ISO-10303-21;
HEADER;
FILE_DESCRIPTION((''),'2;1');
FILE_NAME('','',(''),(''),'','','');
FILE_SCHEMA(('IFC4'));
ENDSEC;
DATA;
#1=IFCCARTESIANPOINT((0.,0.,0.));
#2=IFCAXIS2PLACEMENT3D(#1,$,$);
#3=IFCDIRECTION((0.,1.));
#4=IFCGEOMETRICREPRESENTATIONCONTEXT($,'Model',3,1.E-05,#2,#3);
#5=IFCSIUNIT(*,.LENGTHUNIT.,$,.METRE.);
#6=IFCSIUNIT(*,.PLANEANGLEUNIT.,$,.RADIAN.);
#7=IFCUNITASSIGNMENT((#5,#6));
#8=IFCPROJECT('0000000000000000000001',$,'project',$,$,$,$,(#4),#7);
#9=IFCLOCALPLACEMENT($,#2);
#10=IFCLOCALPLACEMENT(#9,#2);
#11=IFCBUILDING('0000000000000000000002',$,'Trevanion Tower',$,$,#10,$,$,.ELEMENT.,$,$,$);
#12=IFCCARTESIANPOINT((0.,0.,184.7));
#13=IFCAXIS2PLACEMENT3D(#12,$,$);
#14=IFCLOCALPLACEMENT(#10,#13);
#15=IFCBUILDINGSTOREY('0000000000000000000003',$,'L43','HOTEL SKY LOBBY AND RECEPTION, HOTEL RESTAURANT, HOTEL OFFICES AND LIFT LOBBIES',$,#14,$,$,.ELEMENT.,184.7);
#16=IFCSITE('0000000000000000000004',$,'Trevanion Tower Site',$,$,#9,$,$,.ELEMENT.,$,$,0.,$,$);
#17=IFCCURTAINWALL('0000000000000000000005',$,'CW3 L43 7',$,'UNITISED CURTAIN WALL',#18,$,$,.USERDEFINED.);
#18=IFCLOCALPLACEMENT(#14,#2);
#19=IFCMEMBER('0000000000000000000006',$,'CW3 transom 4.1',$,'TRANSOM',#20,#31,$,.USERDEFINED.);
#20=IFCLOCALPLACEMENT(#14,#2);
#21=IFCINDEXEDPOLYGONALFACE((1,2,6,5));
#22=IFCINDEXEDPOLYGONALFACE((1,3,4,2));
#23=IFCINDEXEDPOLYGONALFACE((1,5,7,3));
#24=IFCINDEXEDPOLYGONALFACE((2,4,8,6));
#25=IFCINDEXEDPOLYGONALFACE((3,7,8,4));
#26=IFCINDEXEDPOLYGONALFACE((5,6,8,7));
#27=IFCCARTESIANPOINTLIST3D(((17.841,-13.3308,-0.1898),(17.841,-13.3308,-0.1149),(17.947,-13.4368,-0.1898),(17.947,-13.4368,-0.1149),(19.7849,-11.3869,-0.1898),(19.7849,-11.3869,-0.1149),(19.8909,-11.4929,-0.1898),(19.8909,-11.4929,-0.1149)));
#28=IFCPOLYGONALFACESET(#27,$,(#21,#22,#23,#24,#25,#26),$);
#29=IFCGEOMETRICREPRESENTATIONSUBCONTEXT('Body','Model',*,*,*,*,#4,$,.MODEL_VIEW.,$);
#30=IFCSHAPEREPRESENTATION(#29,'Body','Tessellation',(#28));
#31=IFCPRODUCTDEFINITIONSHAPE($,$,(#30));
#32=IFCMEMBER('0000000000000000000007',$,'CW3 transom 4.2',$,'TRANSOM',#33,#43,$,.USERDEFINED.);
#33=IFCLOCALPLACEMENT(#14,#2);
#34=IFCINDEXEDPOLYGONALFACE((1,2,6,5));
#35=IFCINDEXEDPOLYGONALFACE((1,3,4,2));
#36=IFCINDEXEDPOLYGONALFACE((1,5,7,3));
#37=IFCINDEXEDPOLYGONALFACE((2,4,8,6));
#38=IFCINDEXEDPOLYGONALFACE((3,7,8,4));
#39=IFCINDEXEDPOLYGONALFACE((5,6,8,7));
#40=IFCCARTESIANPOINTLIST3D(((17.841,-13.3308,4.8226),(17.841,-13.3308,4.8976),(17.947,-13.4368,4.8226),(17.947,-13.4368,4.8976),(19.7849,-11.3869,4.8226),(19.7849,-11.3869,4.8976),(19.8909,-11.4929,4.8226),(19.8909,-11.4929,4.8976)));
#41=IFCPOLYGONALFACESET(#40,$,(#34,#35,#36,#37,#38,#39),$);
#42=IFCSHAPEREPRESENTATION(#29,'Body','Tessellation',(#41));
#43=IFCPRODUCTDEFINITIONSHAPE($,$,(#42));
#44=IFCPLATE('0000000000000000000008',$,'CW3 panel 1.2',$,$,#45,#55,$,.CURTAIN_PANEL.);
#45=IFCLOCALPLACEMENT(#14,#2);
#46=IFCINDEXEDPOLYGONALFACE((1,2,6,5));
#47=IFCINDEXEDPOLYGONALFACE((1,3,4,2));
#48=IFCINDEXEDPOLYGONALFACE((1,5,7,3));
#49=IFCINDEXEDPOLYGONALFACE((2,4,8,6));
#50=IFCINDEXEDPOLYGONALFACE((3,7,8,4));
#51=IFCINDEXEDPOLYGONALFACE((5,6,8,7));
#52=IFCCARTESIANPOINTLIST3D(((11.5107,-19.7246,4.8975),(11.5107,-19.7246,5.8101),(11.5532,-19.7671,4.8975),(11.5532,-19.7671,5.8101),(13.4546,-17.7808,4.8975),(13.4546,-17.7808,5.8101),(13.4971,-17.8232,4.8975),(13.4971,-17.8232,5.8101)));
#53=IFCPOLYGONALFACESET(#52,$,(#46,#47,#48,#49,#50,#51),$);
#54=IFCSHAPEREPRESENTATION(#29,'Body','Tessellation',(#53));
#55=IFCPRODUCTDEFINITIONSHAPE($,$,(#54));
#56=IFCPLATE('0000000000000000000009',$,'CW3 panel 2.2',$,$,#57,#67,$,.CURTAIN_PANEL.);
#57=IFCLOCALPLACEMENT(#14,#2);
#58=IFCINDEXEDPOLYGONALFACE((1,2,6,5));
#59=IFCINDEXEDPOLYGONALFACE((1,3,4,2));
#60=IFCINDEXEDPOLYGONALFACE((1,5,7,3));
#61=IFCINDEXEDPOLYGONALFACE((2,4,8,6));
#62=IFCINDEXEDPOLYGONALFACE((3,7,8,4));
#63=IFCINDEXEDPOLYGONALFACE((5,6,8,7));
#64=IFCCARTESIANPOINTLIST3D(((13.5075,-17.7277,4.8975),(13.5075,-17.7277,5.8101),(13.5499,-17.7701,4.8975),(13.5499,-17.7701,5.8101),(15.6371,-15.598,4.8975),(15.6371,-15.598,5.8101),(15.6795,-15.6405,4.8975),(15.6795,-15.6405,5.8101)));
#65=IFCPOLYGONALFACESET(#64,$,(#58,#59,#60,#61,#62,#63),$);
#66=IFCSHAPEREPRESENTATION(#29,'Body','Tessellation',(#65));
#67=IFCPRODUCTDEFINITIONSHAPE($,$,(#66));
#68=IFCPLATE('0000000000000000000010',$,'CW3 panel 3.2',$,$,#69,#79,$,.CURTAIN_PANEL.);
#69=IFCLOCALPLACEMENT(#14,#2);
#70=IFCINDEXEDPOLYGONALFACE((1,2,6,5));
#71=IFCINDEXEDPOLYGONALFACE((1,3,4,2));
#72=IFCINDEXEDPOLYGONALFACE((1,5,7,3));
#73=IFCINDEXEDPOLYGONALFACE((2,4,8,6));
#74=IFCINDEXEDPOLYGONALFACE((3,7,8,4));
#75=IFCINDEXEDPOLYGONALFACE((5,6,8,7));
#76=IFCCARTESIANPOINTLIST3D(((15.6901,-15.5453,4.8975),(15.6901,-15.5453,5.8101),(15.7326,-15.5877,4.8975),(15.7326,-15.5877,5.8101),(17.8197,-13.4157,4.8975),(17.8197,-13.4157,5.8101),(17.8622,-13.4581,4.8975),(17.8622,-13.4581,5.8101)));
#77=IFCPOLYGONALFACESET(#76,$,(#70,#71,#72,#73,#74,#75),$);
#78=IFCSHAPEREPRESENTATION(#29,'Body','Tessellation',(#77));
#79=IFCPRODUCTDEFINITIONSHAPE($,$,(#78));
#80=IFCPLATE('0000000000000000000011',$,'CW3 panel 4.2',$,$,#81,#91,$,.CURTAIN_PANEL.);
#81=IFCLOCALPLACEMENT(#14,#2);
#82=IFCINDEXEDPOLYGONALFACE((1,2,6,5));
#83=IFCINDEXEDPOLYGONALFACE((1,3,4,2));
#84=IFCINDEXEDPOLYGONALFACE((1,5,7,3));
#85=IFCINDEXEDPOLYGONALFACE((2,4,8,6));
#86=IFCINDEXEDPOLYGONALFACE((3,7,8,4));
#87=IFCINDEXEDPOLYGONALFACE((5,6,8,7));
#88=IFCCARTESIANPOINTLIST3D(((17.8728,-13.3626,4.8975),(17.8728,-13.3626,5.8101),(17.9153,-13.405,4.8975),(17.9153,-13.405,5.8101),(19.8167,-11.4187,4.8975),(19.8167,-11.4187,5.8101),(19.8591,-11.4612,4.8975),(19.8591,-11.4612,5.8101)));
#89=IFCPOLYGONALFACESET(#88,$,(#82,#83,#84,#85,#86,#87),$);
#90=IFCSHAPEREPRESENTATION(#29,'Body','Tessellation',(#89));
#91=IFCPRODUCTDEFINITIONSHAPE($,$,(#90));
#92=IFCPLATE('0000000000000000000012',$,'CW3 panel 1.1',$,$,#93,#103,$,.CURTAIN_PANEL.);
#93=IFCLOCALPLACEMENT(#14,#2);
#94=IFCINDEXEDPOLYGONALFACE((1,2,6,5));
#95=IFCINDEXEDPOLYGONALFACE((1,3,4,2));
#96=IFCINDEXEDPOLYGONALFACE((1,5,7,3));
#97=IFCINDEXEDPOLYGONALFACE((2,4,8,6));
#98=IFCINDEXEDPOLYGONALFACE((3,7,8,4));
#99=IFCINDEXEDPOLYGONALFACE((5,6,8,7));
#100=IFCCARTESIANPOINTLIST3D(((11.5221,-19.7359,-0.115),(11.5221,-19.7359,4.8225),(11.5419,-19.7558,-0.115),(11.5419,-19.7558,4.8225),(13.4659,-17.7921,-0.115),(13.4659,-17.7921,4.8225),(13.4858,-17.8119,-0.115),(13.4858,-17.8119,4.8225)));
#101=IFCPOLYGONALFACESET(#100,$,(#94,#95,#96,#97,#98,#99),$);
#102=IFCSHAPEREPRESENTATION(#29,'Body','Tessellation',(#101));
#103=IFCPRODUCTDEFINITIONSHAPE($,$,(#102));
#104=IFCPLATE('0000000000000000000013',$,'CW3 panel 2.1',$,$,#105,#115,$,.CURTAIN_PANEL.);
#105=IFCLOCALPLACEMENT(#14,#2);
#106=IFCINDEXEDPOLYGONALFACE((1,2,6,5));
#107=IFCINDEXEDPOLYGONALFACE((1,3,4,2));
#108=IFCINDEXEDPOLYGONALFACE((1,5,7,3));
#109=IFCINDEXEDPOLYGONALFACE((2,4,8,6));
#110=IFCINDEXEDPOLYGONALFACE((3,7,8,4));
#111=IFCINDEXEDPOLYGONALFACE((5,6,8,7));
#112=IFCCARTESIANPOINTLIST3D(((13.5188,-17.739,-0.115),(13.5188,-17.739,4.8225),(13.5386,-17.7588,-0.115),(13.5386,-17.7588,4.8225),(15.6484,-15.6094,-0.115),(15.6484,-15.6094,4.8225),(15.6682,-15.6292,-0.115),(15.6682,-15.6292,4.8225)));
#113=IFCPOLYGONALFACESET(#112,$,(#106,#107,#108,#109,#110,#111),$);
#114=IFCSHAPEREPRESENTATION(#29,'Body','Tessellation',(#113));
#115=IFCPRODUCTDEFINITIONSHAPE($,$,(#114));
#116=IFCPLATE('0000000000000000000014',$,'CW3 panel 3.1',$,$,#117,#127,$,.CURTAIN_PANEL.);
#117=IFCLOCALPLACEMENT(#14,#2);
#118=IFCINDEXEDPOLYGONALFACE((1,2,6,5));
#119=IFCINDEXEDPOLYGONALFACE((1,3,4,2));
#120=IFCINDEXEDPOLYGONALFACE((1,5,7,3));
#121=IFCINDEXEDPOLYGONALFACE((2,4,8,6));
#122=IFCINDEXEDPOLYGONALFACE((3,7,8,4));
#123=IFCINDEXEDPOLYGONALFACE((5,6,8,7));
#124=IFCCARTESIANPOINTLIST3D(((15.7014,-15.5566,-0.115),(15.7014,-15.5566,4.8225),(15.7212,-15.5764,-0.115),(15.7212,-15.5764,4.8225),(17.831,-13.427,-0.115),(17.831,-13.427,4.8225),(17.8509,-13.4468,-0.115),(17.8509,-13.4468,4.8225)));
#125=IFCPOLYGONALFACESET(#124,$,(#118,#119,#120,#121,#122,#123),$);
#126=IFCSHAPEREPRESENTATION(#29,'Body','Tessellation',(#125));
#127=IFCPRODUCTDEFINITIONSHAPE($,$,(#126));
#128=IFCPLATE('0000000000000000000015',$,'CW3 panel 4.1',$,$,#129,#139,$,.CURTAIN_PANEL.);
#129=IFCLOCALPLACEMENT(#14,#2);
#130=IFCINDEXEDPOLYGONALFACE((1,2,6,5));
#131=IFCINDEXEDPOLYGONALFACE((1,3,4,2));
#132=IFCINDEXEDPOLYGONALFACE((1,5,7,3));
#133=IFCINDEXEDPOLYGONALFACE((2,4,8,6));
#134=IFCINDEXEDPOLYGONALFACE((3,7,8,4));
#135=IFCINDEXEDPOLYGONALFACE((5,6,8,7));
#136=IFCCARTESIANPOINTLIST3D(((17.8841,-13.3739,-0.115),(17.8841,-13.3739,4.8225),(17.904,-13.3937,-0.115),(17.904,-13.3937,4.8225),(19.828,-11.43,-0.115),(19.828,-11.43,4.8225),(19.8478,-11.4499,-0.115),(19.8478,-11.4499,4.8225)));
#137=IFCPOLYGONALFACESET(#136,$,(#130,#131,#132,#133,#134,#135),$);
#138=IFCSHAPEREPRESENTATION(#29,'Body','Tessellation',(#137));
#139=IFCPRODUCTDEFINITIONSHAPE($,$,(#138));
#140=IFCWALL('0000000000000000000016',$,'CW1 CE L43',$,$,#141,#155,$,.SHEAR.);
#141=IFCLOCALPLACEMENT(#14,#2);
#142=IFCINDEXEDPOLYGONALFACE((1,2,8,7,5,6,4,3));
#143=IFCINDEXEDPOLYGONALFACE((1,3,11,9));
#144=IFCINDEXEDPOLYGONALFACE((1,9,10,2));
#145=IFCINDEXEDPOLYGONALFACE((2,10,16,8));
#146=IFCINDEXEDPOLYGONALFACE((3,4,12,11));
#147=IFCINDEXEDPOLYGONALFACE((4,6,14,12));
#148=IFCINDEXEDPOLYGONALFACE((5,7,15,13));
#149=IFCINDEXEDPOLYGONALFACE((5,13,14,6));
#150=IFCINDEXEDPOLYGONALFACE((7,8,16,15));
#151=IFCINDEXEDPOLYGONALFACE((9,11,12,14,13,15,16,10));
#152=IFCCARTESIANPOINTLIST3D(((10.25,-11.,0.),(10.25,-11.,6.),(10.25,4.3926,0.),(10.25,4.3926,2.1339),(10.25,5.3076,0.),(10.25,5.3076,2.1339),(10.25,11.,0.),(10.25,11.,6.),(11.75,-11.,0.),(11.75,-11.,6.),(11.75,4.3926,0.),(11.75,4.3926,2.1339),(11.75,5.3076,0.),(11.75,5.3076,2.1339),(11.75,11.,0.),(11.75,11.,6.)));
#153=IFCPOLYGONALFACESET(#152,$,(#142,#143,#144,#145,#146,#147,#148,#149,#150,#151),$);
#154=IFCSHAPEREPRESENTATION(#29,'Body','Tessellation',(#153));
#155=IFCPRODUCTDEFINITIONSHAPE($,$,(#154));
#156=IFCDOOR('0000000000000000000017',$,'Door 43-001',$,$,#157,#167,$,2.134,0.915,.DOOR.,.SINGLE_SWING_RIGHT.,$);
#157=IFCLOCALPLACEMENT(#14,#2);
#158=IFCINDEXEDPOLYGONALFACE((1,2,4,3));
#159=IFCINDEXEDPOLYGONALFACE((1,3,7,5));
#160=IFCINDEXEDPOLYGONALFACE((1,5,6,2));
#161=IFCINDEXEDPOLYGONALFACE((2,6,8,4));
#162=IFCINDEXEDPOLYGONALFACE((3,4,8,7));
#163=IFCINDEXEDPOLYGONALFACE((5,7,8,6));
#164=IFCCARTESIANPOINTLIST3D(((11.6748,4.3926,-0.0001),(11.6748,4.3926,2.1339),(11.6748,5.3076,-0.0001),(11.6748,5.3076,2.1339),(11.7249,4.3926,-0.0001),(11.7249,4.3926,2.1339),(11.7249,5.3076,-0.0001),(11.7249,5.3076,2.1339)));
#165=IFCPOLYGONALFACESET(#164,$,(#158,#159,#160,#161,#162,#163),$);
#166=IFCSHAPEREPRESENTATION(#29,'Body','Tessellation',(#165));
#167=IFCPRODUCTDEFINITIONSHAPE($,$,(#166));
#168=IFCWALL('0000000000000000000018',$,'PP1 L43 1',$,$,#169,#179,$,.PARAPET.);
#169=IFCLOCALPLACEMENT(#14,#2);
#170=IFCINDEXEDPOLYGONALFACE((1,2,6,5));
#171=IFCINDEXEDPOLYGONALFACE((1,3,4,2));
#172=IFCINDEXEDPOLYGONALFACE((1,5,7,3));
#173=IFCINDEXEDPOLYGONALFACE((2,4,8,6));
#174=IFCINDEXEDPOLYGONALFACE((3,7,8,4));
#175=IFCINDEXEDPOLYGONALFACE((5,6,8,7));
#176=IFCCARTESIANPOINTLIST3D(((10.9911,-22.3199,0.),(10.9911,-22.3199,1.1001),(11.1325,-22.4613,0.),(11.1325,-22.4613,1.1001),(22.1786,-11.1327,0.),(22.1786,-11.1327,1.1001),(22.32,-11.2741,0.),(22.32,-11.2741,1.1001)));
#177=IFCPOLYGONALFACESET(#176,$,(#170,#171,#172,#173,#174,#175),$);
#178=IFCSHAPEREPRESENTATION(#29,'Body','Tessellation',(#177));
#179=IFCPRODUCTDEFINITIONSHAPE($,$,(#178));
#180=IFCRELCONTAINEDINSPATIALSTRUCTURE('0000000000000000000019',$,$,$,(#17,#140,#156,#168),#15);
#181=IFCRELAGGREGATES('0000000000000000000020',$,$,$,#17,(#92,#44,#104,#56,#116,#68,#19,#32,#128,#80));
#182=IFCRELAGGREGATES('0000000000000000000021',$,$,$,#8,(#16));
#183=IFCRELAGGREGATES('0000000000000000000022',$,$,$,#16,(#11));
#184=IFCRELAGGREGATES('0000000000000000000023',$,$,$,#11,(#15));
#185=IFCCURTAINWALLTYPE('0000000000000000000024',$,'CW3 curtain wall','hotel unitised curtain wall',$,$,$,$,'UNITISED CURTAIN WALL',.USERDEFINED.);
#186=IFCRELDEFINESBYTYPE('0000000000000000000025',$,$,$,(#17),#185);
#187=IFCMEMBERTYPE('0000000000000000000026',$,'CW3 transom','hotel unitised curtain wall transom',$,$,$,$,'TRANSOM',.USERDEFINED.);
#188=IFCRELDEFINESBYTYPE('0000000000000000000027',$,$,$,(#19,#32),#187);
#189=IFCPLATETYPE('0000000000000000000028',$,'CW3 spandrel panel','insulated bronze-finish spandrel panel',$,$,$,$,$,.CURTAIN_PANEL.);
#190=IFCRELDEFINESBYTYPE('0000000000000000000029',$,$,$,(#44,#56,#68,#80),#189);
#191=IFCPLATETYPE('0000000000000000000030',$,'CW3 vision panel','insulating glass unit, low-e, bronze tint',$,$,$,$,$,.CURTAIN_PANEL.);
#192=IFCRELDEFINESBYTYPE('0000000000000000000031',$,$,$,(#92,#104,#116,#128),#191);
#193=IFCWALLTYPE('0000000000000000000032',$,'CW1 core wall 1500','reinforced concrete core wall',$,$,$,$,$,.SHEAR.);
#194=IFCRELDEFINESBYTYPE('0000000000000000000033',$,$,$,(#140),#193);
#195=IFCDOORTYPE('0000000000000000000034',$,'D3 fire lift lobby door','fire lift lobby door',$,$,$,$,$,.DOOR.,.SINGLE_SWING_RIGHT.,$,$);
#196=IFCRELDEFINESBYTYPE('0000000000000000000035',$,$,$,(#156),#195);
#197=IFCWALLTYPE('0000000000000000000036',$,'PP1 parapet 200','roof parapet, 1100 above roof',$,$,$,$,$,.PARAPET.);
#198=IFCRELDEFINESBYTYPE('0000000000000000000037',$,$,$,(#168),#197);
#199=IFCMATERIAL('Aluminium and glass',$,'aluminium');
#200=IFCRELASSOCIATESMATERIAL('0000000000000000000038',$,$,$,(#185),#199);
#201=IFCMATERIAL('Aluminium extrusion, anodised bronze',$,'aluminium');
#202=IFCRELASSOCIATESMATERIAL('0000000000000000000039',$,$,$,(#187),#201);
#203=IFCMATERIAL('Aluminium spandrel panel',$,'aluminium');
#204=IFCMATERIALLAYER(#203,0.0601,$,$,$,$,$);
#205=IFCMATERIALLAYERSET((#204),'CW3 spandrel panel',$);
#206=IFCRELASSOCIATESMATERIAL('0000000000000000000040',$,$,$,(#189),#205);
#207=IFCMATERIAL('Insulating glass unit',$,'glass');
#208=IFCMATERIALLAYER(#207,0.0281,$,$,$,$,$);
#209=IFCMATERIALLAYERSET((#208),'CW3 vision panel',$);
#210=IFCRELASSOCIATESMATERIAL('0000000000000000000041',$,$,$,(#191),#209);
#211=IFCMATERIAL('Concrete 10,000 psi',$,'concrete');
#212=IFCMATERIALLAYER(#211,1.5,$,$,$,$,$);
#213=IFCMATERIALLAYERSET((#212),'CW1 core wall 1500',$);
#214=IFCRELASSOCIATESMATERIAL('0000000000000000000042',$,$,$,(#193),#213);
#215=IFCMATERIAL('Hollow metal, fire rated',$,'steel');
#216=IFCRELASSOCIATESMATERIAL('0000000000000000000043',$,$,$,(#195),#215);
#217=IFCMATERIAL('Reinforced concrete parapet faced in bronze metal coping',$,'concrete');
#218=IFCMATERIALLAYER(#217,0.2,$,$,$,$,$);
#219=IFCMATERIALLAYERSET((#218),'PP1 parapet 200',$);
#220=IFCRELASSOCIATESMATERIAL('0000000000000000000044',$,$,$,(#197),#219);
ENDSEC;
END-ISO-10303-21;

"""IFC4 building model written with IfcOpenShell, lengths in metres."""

from ifc_helpers import new_model, si_unit, direction, frame, frame_2d, origin, origin_2d, place, context, subcontext, project, spatial, rectangle, extrude, material, layer, layer_set, material_profile, profile_set, type_object, element, fill, aggregate, save


model = new_model("IFC4")

# Units and contexts
model_context = context("Model", 3, precision=1e-05, world=origin(), true_north=direction((0.0, 1.0)))
body_context = subcontext(model_context, "Body", "Model", "MODEL_VIEW")
ifc_project = project(units=[si_unit("LENGTHUNIT", "METRE"), si_unit("PLANEANGLEUNIT", "RADIAN")], contexts=[model_context])

# Site, building, storey
site_placement = place(None, origin())
site = spatial("IfcSite", under=ifc_project, at=site_placement, Name="Trevanion Tower Site", CompositionType="ELEMENT", RefElevation=0.0)
building_placement = place(site_placement, origin())
building = spatial("IfcBuilding", under=site, at=building_placement, Name="Trevanion Tower", CompositionType="ELEMENT")
storey_placement = place(building_placement, frame((0.0, 0.0, 184.7)))
storey = spatial("IfcBuildingStorey", under=building, at=storey_placement, Name="L43", Description="HOTEL SKY LOBBY AND RECEPTION, HOTEL RESTAURANT, HOTEL OFFICES AND LIFT LOBBIES", CompositionType="ELEMENT", Elevation=184.7)

# Curtain wall
ifc_material_1 = material(Name="Aluminium and glass", Category="aluminium")
curtain_wall_type = type_object("IfcCurtainWallType", Name="CW3 curtain wall", Description="hotel unitised curtain wall", ElementType="UNITISED CURTAIN WALL", PredefinedType="USERDEFINED", material=ifc_material_1)
curtain_wall_1_placement = place(storey_placement, origin())
curtain_wall_1 = element("IfcCurtainWall", 1, at=curtain_wall_1_placement, inside=storey, type_object=curtain_wall_type, Name="CW3 L43 7", ObjectType="UNITISED CURTAIN WALL", PredefinedType="USERDEFINED")

# Members
ifc_material_2 = material(Name="Aluminium extrusion, anodised bronze", Category="aluminium")
ifc_material_profile_1 = material_profile(ifc_material_2, rectangle(XDim=0.1499, YDim=0.075, at=origin_2d()), Name="CW3 transom")
ifc_profile_set_1 = profile_set([ifc_material_profile_1], Name="Aluminium extrusion, anodised bronze")
member_type_1 = type_object("IfcMemberType", Name="CW3 transom", Description="hotel unitised curtain wall transom", ElementType="TRANSOM", PredefinedType="USERDEFINED", material=ifc_profile_set_1)
member_1_placement = place(storey_placement, frame((17.894, -13.3838, -0.1523), z_axis=(0.707107, 0.707107, 0.0), x_axis=(-0.707107, 0.707107, 0.0)))
member_1 = element("IfcMember", 2, at=member_1_placement, type_object=member_type_1, Name="CW3 transom 4.1", ObjectType="TRANSOM", PredefinedType="USERDEFINED", context=body_context, shape_type="SweptSolid", body=[
    extrude(rectangle(XDim=0.1499, YDim=0.075, at=origin_2d()), origin(), (0.0, 0.0, 1.0), 2.749),
])
member_2_placement = place(storey_placement, frame((17.894, -13.3838, 4.8601), z_axis=(0.707107, 0.707107, 0.0), x_axis=(-0.707107, 0.707107, 0.0)))
member_2 = element("IfcMember", 3, at=member_2_placement, type_object=member_type_1, Name="CW3 transom 4.2", ObjectType="TRANSOM", PredefinedType="USERDEFINED", context=body_context, shape_type="SweptSolid", body=[
    extrude(rectangle(XDim=0.1499, YDim=0.075, at=origin_2d()), origin(), (0.0, 0.0, 1.0), 2.749),
])

# Plates
ifc_material_3 = material(Name="Aluminium spandrel panel", Category="aluminium")
ifc_layer_1 = layer(ifc_material_3, 0.0601)
ifc_layer_set_1 = layer_set([ifc_layer_1], Name="CW3 spandrel panel")
plate_type_1 = type_object("IfcPlateType", Name="CW3 spandrel panel", Description="insulated bronze-finish spandrel panel", PredefinedType="CURTAIN_PANEL", material=ifc_layer_set_1)
plate_1_placement = place(storey_placement, frame((12.5039, -18.7739, 4.8975), z_axis=(0.0, 0.0, 1.0), x_axis=(0.707107, 0.707107, 0.0)))
plate_1 = element("IfcPlate", 4, at=plate_1_placement, type_object=plate_type_1, Name="CW3 panel 1.2", PredefinedType="CURTAIN_PANEL", context=body_context, shape_type="SweptSolid", body=[
    extrude(rectangle(XDim=2.749, YDim=0.0601, at=origin_2d()), origin(), (0.0, 0.0, 1.0), 0.9126),
])
plate_2_placement = place(storey_placement, frame((14.5935, -16.6841, 4.8975), z_axis=(0.0, 0.0, 1.0), x_axis=(0.707107, 0.707107, 0.0)))
plate_2 = element("IfcPlate", 5, at=plate_2_placement, type_object=plate_type_1, Name="CW3 panel 2.2", PredefinedType="CURTAIN_PANEL", context=body_context, shape_type="SweptSolid", body=[
    extrude(rectangle(XDim=3.0117, YDim=0.0601, at=origin_2d()), origin(), (0.0, 0.0, 1.0), 0.9126),
])
plate_3_placement = place(storey_placement, frame((16.7761, -14.5017, 4.8975), z_axis=(0.0, 0.0, 1.0), x_axis=(0.707107, 0.707107, 0.0)))
plate_3 = element("IfcPlate", 6, at=plate_3_placement, type_object=plate_type_1, Name="CW3 panel 3.2", PredefinedType="CURTAIN_PANEL", context=body_context, shape_type="SweptSolid", body=[
    extrude(rectangle(XDim=3.0117, YDim=0.0601, at=origin_2d()), origin(), (0.0, 0.0, 1.0), 0.9126),
])
plate_4_placement = place(storey_placement, frame((18.866, -12.4119, 4.8975), z_axis=(0.0, 0.0, 1.0), x_axis=(0.707107, 0.707107, 0.0)))
plate_4 = element("IfcPlate", 7, at=plate_4_placement, type_object=plate_type_1, Name="CW3 panel 4.2", PredefinedType="CURTAIN_PANEL", context=body_context, shape_type="SweptSolid", body=[
    extrude(rectangle(XDim=2.749, YDim=0.0601, at=origin_2d()), origin(), (0.0, 0.0, 1.0), 0.9126),
])
ifc_material_4 = material(Name="Insulating glass unit", Category="glass")
ifc_layer_2 = layer(ifc_material_4, 0.0281)
ifc_layer_set_2 = layer_set([ifc_layer_2], Name="CW3 vision panel")
plate_type_2 = type_object("IfcPlateType", Name="CW3 vision panel", Description="insulating glass unit, low-e, bronze tint", PredefinedType="CURTAIN_PANEL", material=ifc_layer_set_2)
plate_5_placement = place(storey_placement, frame((12.5039, -18.7739, -0.115), z_axis=(0.0, 0.0, 1.0), x_axis=(0.707107, 0.707107, 0.0)))
plate_5 = element("IfcPlate", 8, at=plate_5_placement, type_object=plate_type_2, Name="CW3 panel 1.1", PredefinedType="CURTAIN_PANEL", context=body_context, shape_type="SweptSolid", body=[
    extrude(rectangle(XDim=2.749, YDim=0.0281, at=origin_2d()), origin(), (0.0, 0.0, 1.0), 4.9375),
])
plate_6_placement = place(storey_placement, frame((14.5935, -16.6841, -0.115), z_axis=(0.0, 0.0, 1.0), x_axis=(0.707107, 0.707107, 0.0)))
plate_6 = element("IfcPlate", 9, at=plate_6_placement, type_object=plate_type_2, Name="CW3 panel 2.1", PredefinedType="CURTAIN_PANEL", context=body_context, shape_type="SweptSolid", body=[
    extrude(rectangle(XDim=3.0117, YDim=0.0281, at=origin_2d()), origin(), (0.0, 0.0, 1.0), 4.9375),
])
plate_7_placement = place(storey_placement, frame((16.7761, -14.5017, -0.115), z_axis=(0.0, 0.0, 1.0), x_axis=(0.707107, 0.707107, 0.0)))
plate_7 = element("IfcPlate", 10, at=plate_7_placement, type_object=plate_type_2, Name="CW3 panel 3.1", PredefinedType="CURTAIN_PANEL", context=body_context, shape_type="SweptSolid", body=[
    extrude(rectangle(XDim=3.0117, YDim=0.0281, at=origin_2d()), origin(), (0.0, 0.0, 1.0), 4.9375),
])
plate_8_placement = place(storey_placement, frame((18.866, -12.4119, -0.115), z_axis=(0.0, 0.0, 1.0), x_axis=(0.707107, 0.707107, 0.0)))
plate_8 = element("IfcPlate", 11, at=plate_8_placement, type_object=plate_type_2, Name="CW3 panel 4.1", PredefinedType="CURTAIN_PANEL", context=body_context, shape_type="SweptSolid", body=[
    extrude(rectangle(XDim=2.749, YDim=0.0281, at=origin_2d()), origin(), (0.0, 0.0, 1.0), 4.9375),
])
aggregate(curtain_wall_1, [plate_5, plate_1, plate_6, plate_2, plate_7, plate_3, member_1, member_2, plate_8, plate_4])

# Wall, opening, door
ifc_material_5 = material(Name="Concrete 10,000 psi", Category="concrete")
ifc_layer_3 = layer(ifc_material_5, 1.5)
ifc_layer_set_3 = layer_set([ifc_layer_3], Name="CW1 core wall 1500")
wall_type_1 = type_object("IfcWallType", Name="CW1 core wall 1500", Description="reinforced concrete core wall", PredefinedType="SHEAR", material=ifc_layer_set_3)
wall_1_placement = place(storey_placement, frame((11.0, -11.0, 0.0), z_axis=(0.0, 0.0, 1.0), x_axis=(0.0, 1.0, 0.0)))
wall_1 = element("IfcWall", 12, at=wall_1_placement, inside=storey, type_object=wall_type_1, Name="CW1 CE L43", PredefinedType="SHEAR", context=body_context, shape_type="SweptSolid", body=[
    extrude(rectangle(XDim=22.0, YDim=1.5, at=frame_2d((11.0, 0.0))), origin(), (0.0, 0.0, 1.0), 6.0),
])
opening_placement = place(wall_1_placement, frame((15.3926, 0.0, 0.0)))
opening = element("IfcOpeningElement", 13, at=opening_placement, cuts=wall_1, PredefinedType="OPENING", context=body_context, shape_type="SweptSolid", body=[
    extrude(rectangle(XDim=0.915, YDim=2.134, at=frame_2d((0.4575, 1.0669))), frame((0.0, 0.76, 0.0), z_axis=(0.0, -1.0, 0.0), x_axis=(1.0, 0.0, 0.0)), (0.0, 0.0, 1.0), 1.52),
])
ifc_material_6 = material(Name="Hollow metal, fire rated", Category="steel")
door_type = type_object("IfcDoorType", Name="D3 fire lift lobby door", Description="fire lift lobby door", OperationType="SINGLE_SWING_RIGHT", PredefinedType="DOOR", material=ifc_material_6)
door_placement = place(opening_placement, origin())
door = element("IfcDoor", 14, at=door_placement, inside=storey, type_object=door_type, Name="Door 43-001", OperationType="SINGLE_SWING_RIGHT", OverallHeight=2.134, OverallWidth=0.915, PredefinedType="DOOR", context=body_context, shape_type="SweptSolid", body=[
    extrude(rectangle(XDim=0.915, YDim=2.134, at=frame_2d((0.4575, 1.0669))), frame((0.0, -0.6748, 0.0), z_axis=(0.0, -1.0, 0.0), x_axis=(1.0, 0.0, 0.0)), (0.0, 0.0, 1.0), 0.05),
])
fill(opening, door)

# Wall
ifc_material_7 = material(Name="Reinforced concrete parapet faced in bronze metal coping", Category="concrete")
ifc_layer_4 = layer(ifc_material_7, 0.2)
ifc_layer_set_4 = layer_set([ifc_layer_4], Name="PP1 parapet 200")
wall_type_2 = type_object("IfcWallType", Name="PP1 parapet 200", Description="roof parapet, 1100 above roof", PredefinedType="PARAPET", material=ifc_layer_set_4)
wall_2_placement = place(storey_placement, frame((22.2493, -11.2034, 0.0), z_axis=(0.0, 0.0, 1.0), x_axis=(-0.707114, -0.707099, 0.0)))
element("IfcWall", 15, at=wall_2_placement, inside=storey, type_object=wall_type_2, Name="PP1 L43 1", PredefinedType="PARAPET", context=body_context, shape_type="SweptSolid", body=[
    extrude(rectangle(XDim=15.8213, YDim=0.2, at=frame_2d((7.9106, 0.0))), origin(), (0.0, 0.0, 1.0), 1.1001),
])

save(model, "model.ifc")
